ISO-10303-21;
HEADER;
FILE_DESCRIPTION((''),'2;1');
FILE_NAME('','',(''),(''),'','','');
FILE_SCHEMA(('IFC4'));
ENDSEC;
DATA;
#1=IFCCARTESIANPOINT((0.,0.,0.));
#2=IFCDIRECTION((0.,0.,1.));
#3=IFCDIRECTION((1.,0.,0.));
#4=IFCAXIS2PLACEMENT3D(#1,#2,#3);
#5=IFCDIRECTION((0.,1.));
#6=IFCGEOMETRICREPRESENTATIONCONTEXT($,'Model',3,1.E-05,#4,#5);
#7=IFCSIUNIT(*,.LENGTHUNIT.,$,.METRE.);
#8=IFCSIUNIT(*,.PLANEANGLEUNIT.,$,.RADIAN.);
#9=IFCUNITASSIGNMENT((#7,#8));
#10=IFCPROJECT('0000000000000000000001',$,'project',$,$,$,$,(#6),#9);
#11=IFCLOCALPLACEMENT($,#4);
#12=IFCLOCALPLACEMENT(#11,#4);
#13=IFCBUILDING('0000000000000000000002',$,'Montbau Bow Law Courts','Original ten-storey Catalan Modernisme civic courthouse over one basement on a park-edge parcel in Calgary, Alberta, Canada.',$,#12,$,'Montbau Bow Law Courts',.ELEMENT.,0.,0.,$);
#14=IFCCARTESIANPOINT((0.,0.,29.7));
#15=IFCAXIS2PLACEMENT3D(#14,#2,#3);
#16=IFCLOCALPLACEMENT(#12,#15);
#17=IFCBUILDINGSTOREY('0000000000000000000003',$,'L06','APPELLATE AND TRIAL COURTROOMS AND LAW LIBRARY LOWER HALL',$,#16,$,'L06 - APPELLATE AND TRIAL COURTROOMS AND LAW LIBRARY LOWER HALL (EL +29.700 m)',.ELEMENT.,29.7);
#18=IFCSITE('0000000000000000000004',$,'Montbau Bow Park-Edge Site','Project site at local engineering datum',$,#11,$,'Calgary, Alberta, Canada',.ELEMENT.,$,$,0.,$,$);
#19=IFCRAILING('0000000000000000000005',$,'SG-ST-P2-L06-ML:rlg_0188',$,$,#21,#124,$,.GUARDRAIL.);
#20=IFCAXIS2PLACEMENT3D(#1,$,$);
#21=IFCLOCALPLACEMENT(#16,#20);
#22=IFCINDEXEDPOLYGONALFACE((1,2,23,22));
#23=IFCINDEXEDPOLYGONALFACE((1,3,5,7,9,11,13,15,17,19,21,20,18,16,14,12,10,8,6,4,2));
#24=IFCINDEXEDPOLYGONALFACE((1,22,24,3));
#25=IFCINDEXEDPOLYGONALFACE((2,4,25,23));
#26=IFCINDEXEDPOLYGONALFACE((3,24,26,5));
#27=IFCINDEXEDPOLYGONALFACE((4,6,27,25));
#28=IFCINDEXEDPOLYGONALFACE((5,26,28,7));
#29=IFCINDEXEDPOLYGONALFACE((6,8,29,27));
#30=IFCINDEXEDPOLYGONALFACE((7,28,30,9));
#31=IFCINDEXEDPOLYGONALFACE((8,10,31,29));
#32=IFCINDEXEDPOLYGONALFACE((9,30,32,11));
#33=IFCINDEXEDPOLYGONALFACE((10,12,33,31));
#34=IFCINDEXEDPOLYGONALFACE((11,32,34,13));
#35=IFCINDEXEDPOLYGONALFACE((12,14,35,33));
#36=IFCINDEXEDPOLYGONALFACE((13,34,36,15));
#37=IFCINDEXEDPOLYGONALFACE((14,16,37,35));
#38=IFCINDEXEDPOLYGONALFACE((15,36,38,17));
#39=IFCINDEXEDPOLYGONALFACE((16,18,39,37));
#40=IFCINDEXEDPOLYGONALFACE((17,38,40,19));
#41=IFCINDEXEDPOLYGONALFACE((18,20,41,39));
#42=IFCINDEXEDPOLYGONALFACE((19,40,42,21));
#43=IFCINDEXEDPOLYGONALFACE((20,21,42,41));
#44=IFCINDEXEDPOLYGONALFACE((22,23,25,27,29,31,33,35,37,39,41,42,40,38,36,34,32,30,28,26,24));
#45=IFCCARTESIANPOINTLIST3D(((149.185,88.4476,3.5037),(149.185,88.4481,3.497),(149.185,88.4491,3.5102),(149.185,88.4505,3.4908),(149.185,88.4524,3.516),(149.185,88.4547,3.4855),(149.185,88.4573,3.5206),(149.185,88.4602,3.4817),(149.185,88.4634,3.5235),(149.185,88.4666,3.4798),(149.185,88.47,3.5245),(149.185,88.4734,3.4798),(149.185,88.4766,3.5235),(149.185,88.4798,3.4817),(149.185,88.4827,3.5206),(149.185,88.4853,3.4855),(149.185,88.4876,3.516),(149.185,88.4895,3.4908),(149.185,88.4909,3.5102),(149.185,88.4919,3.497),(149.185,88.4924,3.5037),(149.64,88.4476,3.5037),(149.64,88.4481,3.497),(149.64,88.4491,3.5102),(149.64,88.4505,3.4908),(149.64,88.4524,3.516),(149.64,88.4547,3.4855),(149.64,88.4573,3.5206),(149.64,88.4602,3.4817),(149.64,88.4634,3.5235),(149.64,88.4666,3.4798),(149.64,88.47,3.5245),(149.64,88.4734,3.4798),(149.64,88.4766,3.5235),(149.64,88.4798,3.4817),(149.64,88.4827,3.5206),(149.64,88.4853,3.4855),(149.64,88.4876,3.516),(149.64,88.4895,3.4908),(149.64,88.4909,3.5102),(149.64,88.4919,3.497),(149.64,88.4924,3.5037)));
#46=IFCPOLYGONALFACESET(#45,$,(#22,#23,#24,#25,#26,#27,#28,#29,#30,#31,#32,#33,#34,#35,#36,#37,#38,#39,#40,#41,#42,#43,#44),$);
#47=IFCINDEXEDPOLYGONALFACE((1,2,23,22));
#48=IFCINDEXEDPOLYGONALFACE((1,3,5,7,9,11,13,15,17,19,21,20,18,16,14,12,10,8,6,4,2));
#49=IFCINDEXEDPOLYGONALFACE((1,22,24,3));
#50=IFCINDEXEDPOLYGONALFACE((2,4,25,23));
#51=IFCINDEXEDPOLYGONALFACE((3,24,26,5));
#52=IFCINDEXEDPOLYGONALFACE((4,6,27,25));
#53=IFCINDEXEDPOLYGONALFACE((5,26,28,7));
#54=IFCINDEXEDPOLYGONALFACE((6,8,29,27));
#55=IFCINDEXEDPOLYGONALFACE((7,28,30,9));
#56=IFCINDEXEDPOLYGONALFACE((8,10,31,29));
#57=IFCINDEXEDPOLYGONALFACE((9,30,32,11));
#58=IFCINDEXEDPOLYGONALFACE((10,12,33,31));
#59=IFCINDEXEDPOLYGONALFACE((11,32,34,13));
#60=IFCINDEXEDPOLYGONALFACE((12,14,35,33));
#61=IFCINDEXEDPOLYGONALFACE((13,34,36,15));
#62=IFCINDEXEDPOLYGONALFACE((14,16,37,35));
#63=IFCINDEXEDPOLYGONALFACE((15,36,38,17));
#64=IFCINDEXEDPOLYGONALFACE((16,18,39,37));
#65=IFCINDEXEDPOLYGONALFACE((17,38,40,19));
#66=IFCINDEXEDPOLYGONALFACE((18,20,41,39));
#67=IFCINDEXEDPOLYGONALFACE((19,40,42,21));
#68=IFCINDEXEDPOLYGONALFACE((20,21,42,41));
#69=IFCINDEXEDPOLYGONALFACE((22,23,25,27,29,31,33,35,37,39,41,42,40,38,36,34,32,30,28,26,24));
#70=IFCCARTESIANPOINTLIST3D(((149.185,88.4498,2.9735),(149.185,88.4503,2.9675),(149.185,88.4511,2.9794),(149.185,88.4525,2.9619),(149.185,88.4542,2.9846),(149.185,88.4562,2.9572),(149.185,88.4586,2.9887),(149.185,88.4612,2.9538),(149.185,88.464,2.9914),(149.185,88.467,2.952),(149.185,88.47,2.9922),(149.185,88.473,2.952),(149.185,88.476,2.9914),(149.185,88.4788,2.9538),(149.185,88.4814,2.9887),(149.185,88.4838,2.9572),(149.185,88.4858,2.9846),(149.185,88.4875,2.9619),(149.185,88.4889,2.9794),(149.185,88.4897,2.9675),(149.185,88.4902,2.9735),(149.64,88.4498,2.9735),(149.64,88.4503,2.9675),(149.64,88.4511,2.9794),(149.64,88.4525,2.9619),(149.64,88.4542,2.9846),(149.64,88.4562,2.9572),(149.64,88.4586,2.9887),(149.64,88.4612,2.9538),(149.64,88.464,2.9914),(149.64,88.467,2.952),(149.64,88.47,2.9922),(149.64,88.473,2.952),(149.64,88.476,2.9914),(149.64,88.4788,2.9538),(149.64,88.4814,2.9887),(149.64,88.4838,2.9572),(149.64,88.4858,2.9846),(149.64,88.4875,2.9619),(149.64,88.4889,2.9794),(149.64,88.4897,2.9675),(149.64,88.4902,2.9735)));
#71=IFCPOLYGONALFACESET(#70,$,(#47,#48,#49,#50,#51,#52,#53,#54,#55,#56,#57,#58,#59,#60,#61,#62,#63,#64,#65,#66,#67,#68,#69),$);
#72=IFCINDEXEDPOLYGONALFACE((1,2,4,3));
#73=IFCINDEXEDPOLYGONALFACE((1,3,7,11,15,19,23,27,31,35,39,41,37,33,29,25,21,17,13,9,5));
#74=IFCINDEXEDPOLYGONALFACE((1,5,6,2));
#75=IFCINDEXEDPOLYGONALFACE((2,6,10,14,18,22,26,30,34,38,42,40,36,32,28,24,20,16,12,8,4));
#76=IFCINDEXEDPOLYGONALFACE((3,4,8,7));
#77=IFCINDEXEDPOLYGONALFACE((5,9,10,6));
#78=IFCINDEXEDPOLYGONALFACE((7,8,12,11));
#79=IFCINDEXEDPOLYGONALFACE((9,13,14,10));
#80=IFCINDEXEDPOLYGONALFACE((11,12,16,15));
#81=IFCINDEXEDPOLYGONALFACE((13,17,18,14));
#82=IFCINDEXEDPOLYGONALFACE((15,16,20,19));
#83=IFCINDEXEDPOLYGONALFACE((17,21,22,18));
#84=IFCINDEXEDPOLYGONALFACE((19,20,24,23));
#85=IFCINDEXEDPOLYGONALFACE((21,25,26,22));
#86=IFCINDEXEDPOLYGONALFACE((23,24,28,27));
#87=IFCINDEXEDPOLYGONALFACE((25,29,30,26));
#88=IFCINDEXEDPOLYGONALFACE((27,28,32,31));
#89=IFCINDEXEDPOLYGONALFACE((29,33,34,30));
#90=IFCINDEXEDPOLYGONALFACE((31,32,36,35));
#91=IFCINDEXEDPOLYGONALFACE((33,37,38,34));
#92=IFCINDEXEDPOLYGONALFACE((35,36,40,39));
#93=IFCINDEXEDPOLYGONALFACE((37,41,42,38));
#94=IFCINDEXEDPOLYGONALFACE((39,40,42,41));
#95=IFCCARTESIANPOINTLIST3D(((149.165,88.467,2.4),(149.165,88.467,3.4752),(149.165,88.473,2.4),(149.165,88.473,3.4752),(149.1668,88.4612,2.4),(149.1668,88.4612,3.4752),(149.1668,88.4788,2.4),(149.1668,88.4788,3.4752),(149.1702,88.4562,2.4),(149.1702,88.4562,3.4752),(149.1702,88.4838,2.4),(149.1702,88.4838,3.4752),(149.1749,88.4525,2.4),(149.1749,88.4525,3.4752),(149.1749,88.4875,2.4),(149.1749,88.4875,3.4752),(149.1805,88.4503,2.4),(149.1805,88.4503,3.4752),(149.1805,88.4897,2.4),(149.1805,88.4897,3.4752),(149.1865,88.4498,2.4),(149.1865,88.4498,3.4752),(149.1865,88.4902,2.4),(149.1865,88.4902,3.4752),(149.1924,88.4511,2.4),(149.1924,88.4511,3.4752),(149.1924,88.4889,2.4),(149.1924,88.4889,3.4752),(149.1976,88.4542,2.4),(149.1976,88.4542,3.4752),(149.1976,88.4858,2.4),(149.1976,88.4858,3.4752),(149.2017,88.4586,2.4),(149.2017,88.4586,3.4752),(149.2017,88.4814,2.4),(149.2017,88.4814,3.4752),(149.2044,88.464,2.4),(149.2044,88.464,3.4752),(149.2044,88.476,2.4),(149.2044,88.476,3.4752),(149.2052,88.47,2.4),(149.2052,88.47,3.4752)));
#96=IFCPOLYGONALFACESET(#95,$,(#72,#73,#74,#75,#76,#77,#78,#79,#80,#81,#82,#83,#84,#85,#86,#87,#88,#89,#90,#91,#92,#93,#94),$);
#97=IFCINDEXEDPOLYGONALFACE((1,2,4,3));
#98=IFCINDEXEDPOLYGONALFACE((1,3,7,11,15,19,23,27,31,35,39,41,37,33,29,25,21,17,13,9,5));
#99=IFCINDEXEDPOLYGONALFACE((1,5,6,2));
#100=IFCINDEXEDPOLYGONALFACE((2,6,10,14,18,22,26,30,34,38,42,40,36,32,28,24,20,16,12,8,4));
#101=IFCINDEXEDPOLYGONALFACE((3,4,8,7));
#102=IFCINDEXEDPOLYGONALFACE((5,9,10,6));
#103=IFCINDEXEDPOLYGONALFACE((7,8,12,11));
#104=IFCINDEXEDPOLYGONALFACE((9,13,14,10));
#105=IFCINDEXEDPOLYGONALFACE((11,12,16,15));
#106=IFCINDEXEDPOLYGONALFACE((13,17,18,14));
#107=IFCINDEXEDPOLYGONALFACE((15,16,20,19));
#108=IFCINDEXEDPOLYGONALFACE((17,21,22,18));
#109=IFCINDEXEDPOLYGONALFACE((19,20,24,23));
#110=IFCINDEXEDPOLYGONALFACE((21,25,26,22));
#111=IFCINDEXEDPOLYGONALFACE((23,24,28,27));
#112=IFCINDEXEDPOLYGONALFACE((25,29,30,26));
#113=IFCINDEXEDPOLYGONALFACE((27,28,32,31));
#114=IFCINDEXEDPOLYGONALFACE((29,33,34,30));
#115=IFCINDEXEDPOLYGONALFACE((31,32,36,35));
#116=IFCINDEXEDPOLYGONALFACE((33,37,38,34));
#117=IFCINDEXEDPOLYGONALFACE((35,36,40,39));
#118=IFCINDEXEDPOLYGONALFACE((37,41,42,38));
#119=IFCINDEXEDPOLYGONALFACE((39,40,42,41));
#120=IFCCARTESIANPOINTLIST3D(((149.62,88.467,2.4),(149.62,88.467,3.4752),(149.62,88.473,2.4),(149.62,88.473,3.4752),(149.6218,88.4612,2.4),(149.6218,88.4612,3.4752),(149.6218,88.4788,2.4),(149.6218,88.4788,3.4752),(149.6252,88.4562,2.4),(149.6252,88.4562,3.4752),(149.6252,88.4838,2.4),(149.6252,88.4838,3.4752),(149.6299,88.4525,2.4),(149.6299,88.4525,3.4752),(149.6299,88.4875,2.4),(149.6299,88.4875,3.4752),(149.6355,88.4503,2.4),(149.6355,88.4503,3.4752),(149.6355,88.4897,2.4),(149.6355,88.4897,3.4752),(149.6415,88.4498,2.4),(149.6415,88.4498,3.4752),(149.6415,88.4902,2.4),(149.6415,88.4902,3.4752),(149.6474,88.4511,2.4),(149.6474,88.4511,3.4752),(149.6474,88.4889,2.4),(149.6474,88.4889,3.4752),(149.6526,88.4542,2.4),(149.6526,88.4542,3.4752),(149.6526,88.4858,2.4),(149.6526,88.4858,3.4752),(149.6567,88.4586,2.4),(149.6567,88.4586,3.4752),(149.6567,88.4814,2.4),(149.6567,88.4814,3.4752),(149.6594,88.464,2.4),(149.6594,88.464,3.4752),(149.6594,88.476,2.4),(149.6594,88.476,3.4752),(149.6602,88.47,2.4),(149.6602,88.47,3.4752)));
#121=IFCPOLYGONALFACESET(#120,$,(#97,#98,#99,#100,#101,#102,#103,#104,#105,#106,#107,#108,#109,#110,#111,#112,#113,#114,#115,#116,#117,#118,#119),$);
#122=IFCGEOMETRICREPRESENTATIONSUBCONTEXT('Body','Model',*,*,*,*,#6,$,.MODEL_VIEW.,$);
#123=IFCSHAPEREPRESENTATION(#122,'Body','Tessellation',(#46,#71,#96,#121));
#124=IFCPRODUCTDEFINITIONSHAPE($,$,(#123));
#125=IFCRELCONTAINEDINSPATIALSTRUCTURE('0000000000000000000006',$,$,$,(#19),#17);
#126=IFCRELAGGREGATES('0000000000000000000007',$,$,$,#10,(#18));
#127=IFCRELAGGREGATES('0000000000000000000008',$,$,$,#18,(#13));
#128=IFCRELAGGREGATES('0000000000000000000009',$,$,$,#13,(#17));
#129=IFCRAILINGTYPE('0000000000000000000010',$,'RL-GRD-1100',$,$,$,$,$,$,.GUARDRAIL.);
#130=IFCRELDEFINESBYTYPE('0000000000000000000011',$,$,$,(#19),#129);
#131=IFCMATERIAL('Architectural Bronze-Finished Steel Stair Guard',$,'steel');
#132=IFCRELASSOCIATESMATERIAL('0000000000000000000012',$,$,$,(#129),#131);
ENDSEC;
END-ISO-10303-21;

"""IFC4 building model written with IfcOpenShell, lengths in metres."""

from ifc_helpers import new_model, si_unit, direction, frame, origin_with_axes, origin_2d_with_axis, place, context, subcontext, project, spatial, circle, extrude, material, type_object, element, save


model = new_model("IFC4")

# Units and contexts
model_context = context("Model", 3, precision=1e-05, world=origin_with_axes(), true_north=direction((0.0, 1.0)))
body_context = subcontext(model_context, "Body", "Model", "MODEL_VIEW")
ifc_project = project(units=[si_unit("LENGTHUNIT", "METRE"), si_unit("PLANEANGLEUNIT", "RADIAN")], contexts=[model_context])

# Site, building, storey
site_placement = place(None, origin_with_axes())
site = spatial("IfcSite", under=ifc_project, at=site_placement, Name="Montbau Bow Park-Edge Site", Description="Project site at local engineering datum", LongName="Calgary, Alberta, Canada", CompositionType="ELEMENT", RefElevation=0.0)
building_placement = place(site_placement, origin_with_axes())
building = spatial("IfcBuilding", under=site, at=building_placement, Name="Montbau Bow Law Courts", Description="Original ten-storey Catalan Modernisme civic courthouse over one basement on a park-edge parcel in Calgary, Alberta, Canada.", LongName="Montbau Bow Law Courts", CompositionType="ELEMENT", ElevationOfRefHeight=0.0, ElevationOfTerrain=0.0)
storey_placement = place(building_placement, frame((0.0, 0.0, 29.7), z_axis=(0.0, 0.0, 1.0), x_axis=(1.0, 0.0, 0.0)))
storey = spatial("IfcBuildingStorey", under=building, at=storey_placement, Name="L06", Description="APPELLATE AND TRIAL COURTROOMS AND LAW LIBRARY LOWER HALL", LongName="L06 - APPELLATE AND TRIAL COURTROOMS AND LAW LIBRARY LOWER HALL (EL +29.700 m)", CompositionType="ELEMENT", Elevation=29.7)

# Railing
ifc_material_1 = material(Name="Architectural Bronze-Finished Steel Stair Guard", Category="steel")
railing_type_1 = type_object("IfcRailingType", Name="RL-GRD-1100", PredefinedType="GUARDRAIL", material=ifc_material_1)
railing_1_placement = place(None, origin_with_axes())
element("IfcRailing", 1, at=railing_1_placement, inside=storey, type_object=railing_type_1, Name="SG-ST-P2-L06-ML:rlg_0188", PredefinedType="GUARDRAIL", context=body_context, shape_type="SweptSolid", body=[
    extrude(circle(Radius=0.0225, at=origin_2d_with_axis()), frame((149.185, 88.47, 33.202), z_axis=(1.0, 0.0, 0.0), x_axis=(0.0, 0.0, 1.0)), (0.0, 0.0, 1.0), 0.455),
    extrude(circle(Radius=0.0203, at=origin_2d_with_axis()), frame((149.185, 88.47, 32.672), z_axis=(1.0, 0.0, 0.0), x_axis=(0.0, 0.0, 1.0)), (0.0, 0.0, 1.0), 0.455),
    extrude(circle(Radius=0.0203, at=origin_2d_with_axis()), frame((149.185, 88.47, 32.1), z_axis=(0.0, 0.0, 1.0), x_axis=(1.0, 0.0, 0.0)), (0.0, 0.0, 1.0), 1.0753),
    extrude(circle(Radius=0.0203, at=origin_2d_with_axis()), frame((149.64, 88.47, 32.1), z_axis=(0.0, 0.0, 1.0), x_axis=(1.0, 0.0, 0.0)), (0.0, 0.0, 1.0), 1.0753),
])

save(model, "model.ifc")
